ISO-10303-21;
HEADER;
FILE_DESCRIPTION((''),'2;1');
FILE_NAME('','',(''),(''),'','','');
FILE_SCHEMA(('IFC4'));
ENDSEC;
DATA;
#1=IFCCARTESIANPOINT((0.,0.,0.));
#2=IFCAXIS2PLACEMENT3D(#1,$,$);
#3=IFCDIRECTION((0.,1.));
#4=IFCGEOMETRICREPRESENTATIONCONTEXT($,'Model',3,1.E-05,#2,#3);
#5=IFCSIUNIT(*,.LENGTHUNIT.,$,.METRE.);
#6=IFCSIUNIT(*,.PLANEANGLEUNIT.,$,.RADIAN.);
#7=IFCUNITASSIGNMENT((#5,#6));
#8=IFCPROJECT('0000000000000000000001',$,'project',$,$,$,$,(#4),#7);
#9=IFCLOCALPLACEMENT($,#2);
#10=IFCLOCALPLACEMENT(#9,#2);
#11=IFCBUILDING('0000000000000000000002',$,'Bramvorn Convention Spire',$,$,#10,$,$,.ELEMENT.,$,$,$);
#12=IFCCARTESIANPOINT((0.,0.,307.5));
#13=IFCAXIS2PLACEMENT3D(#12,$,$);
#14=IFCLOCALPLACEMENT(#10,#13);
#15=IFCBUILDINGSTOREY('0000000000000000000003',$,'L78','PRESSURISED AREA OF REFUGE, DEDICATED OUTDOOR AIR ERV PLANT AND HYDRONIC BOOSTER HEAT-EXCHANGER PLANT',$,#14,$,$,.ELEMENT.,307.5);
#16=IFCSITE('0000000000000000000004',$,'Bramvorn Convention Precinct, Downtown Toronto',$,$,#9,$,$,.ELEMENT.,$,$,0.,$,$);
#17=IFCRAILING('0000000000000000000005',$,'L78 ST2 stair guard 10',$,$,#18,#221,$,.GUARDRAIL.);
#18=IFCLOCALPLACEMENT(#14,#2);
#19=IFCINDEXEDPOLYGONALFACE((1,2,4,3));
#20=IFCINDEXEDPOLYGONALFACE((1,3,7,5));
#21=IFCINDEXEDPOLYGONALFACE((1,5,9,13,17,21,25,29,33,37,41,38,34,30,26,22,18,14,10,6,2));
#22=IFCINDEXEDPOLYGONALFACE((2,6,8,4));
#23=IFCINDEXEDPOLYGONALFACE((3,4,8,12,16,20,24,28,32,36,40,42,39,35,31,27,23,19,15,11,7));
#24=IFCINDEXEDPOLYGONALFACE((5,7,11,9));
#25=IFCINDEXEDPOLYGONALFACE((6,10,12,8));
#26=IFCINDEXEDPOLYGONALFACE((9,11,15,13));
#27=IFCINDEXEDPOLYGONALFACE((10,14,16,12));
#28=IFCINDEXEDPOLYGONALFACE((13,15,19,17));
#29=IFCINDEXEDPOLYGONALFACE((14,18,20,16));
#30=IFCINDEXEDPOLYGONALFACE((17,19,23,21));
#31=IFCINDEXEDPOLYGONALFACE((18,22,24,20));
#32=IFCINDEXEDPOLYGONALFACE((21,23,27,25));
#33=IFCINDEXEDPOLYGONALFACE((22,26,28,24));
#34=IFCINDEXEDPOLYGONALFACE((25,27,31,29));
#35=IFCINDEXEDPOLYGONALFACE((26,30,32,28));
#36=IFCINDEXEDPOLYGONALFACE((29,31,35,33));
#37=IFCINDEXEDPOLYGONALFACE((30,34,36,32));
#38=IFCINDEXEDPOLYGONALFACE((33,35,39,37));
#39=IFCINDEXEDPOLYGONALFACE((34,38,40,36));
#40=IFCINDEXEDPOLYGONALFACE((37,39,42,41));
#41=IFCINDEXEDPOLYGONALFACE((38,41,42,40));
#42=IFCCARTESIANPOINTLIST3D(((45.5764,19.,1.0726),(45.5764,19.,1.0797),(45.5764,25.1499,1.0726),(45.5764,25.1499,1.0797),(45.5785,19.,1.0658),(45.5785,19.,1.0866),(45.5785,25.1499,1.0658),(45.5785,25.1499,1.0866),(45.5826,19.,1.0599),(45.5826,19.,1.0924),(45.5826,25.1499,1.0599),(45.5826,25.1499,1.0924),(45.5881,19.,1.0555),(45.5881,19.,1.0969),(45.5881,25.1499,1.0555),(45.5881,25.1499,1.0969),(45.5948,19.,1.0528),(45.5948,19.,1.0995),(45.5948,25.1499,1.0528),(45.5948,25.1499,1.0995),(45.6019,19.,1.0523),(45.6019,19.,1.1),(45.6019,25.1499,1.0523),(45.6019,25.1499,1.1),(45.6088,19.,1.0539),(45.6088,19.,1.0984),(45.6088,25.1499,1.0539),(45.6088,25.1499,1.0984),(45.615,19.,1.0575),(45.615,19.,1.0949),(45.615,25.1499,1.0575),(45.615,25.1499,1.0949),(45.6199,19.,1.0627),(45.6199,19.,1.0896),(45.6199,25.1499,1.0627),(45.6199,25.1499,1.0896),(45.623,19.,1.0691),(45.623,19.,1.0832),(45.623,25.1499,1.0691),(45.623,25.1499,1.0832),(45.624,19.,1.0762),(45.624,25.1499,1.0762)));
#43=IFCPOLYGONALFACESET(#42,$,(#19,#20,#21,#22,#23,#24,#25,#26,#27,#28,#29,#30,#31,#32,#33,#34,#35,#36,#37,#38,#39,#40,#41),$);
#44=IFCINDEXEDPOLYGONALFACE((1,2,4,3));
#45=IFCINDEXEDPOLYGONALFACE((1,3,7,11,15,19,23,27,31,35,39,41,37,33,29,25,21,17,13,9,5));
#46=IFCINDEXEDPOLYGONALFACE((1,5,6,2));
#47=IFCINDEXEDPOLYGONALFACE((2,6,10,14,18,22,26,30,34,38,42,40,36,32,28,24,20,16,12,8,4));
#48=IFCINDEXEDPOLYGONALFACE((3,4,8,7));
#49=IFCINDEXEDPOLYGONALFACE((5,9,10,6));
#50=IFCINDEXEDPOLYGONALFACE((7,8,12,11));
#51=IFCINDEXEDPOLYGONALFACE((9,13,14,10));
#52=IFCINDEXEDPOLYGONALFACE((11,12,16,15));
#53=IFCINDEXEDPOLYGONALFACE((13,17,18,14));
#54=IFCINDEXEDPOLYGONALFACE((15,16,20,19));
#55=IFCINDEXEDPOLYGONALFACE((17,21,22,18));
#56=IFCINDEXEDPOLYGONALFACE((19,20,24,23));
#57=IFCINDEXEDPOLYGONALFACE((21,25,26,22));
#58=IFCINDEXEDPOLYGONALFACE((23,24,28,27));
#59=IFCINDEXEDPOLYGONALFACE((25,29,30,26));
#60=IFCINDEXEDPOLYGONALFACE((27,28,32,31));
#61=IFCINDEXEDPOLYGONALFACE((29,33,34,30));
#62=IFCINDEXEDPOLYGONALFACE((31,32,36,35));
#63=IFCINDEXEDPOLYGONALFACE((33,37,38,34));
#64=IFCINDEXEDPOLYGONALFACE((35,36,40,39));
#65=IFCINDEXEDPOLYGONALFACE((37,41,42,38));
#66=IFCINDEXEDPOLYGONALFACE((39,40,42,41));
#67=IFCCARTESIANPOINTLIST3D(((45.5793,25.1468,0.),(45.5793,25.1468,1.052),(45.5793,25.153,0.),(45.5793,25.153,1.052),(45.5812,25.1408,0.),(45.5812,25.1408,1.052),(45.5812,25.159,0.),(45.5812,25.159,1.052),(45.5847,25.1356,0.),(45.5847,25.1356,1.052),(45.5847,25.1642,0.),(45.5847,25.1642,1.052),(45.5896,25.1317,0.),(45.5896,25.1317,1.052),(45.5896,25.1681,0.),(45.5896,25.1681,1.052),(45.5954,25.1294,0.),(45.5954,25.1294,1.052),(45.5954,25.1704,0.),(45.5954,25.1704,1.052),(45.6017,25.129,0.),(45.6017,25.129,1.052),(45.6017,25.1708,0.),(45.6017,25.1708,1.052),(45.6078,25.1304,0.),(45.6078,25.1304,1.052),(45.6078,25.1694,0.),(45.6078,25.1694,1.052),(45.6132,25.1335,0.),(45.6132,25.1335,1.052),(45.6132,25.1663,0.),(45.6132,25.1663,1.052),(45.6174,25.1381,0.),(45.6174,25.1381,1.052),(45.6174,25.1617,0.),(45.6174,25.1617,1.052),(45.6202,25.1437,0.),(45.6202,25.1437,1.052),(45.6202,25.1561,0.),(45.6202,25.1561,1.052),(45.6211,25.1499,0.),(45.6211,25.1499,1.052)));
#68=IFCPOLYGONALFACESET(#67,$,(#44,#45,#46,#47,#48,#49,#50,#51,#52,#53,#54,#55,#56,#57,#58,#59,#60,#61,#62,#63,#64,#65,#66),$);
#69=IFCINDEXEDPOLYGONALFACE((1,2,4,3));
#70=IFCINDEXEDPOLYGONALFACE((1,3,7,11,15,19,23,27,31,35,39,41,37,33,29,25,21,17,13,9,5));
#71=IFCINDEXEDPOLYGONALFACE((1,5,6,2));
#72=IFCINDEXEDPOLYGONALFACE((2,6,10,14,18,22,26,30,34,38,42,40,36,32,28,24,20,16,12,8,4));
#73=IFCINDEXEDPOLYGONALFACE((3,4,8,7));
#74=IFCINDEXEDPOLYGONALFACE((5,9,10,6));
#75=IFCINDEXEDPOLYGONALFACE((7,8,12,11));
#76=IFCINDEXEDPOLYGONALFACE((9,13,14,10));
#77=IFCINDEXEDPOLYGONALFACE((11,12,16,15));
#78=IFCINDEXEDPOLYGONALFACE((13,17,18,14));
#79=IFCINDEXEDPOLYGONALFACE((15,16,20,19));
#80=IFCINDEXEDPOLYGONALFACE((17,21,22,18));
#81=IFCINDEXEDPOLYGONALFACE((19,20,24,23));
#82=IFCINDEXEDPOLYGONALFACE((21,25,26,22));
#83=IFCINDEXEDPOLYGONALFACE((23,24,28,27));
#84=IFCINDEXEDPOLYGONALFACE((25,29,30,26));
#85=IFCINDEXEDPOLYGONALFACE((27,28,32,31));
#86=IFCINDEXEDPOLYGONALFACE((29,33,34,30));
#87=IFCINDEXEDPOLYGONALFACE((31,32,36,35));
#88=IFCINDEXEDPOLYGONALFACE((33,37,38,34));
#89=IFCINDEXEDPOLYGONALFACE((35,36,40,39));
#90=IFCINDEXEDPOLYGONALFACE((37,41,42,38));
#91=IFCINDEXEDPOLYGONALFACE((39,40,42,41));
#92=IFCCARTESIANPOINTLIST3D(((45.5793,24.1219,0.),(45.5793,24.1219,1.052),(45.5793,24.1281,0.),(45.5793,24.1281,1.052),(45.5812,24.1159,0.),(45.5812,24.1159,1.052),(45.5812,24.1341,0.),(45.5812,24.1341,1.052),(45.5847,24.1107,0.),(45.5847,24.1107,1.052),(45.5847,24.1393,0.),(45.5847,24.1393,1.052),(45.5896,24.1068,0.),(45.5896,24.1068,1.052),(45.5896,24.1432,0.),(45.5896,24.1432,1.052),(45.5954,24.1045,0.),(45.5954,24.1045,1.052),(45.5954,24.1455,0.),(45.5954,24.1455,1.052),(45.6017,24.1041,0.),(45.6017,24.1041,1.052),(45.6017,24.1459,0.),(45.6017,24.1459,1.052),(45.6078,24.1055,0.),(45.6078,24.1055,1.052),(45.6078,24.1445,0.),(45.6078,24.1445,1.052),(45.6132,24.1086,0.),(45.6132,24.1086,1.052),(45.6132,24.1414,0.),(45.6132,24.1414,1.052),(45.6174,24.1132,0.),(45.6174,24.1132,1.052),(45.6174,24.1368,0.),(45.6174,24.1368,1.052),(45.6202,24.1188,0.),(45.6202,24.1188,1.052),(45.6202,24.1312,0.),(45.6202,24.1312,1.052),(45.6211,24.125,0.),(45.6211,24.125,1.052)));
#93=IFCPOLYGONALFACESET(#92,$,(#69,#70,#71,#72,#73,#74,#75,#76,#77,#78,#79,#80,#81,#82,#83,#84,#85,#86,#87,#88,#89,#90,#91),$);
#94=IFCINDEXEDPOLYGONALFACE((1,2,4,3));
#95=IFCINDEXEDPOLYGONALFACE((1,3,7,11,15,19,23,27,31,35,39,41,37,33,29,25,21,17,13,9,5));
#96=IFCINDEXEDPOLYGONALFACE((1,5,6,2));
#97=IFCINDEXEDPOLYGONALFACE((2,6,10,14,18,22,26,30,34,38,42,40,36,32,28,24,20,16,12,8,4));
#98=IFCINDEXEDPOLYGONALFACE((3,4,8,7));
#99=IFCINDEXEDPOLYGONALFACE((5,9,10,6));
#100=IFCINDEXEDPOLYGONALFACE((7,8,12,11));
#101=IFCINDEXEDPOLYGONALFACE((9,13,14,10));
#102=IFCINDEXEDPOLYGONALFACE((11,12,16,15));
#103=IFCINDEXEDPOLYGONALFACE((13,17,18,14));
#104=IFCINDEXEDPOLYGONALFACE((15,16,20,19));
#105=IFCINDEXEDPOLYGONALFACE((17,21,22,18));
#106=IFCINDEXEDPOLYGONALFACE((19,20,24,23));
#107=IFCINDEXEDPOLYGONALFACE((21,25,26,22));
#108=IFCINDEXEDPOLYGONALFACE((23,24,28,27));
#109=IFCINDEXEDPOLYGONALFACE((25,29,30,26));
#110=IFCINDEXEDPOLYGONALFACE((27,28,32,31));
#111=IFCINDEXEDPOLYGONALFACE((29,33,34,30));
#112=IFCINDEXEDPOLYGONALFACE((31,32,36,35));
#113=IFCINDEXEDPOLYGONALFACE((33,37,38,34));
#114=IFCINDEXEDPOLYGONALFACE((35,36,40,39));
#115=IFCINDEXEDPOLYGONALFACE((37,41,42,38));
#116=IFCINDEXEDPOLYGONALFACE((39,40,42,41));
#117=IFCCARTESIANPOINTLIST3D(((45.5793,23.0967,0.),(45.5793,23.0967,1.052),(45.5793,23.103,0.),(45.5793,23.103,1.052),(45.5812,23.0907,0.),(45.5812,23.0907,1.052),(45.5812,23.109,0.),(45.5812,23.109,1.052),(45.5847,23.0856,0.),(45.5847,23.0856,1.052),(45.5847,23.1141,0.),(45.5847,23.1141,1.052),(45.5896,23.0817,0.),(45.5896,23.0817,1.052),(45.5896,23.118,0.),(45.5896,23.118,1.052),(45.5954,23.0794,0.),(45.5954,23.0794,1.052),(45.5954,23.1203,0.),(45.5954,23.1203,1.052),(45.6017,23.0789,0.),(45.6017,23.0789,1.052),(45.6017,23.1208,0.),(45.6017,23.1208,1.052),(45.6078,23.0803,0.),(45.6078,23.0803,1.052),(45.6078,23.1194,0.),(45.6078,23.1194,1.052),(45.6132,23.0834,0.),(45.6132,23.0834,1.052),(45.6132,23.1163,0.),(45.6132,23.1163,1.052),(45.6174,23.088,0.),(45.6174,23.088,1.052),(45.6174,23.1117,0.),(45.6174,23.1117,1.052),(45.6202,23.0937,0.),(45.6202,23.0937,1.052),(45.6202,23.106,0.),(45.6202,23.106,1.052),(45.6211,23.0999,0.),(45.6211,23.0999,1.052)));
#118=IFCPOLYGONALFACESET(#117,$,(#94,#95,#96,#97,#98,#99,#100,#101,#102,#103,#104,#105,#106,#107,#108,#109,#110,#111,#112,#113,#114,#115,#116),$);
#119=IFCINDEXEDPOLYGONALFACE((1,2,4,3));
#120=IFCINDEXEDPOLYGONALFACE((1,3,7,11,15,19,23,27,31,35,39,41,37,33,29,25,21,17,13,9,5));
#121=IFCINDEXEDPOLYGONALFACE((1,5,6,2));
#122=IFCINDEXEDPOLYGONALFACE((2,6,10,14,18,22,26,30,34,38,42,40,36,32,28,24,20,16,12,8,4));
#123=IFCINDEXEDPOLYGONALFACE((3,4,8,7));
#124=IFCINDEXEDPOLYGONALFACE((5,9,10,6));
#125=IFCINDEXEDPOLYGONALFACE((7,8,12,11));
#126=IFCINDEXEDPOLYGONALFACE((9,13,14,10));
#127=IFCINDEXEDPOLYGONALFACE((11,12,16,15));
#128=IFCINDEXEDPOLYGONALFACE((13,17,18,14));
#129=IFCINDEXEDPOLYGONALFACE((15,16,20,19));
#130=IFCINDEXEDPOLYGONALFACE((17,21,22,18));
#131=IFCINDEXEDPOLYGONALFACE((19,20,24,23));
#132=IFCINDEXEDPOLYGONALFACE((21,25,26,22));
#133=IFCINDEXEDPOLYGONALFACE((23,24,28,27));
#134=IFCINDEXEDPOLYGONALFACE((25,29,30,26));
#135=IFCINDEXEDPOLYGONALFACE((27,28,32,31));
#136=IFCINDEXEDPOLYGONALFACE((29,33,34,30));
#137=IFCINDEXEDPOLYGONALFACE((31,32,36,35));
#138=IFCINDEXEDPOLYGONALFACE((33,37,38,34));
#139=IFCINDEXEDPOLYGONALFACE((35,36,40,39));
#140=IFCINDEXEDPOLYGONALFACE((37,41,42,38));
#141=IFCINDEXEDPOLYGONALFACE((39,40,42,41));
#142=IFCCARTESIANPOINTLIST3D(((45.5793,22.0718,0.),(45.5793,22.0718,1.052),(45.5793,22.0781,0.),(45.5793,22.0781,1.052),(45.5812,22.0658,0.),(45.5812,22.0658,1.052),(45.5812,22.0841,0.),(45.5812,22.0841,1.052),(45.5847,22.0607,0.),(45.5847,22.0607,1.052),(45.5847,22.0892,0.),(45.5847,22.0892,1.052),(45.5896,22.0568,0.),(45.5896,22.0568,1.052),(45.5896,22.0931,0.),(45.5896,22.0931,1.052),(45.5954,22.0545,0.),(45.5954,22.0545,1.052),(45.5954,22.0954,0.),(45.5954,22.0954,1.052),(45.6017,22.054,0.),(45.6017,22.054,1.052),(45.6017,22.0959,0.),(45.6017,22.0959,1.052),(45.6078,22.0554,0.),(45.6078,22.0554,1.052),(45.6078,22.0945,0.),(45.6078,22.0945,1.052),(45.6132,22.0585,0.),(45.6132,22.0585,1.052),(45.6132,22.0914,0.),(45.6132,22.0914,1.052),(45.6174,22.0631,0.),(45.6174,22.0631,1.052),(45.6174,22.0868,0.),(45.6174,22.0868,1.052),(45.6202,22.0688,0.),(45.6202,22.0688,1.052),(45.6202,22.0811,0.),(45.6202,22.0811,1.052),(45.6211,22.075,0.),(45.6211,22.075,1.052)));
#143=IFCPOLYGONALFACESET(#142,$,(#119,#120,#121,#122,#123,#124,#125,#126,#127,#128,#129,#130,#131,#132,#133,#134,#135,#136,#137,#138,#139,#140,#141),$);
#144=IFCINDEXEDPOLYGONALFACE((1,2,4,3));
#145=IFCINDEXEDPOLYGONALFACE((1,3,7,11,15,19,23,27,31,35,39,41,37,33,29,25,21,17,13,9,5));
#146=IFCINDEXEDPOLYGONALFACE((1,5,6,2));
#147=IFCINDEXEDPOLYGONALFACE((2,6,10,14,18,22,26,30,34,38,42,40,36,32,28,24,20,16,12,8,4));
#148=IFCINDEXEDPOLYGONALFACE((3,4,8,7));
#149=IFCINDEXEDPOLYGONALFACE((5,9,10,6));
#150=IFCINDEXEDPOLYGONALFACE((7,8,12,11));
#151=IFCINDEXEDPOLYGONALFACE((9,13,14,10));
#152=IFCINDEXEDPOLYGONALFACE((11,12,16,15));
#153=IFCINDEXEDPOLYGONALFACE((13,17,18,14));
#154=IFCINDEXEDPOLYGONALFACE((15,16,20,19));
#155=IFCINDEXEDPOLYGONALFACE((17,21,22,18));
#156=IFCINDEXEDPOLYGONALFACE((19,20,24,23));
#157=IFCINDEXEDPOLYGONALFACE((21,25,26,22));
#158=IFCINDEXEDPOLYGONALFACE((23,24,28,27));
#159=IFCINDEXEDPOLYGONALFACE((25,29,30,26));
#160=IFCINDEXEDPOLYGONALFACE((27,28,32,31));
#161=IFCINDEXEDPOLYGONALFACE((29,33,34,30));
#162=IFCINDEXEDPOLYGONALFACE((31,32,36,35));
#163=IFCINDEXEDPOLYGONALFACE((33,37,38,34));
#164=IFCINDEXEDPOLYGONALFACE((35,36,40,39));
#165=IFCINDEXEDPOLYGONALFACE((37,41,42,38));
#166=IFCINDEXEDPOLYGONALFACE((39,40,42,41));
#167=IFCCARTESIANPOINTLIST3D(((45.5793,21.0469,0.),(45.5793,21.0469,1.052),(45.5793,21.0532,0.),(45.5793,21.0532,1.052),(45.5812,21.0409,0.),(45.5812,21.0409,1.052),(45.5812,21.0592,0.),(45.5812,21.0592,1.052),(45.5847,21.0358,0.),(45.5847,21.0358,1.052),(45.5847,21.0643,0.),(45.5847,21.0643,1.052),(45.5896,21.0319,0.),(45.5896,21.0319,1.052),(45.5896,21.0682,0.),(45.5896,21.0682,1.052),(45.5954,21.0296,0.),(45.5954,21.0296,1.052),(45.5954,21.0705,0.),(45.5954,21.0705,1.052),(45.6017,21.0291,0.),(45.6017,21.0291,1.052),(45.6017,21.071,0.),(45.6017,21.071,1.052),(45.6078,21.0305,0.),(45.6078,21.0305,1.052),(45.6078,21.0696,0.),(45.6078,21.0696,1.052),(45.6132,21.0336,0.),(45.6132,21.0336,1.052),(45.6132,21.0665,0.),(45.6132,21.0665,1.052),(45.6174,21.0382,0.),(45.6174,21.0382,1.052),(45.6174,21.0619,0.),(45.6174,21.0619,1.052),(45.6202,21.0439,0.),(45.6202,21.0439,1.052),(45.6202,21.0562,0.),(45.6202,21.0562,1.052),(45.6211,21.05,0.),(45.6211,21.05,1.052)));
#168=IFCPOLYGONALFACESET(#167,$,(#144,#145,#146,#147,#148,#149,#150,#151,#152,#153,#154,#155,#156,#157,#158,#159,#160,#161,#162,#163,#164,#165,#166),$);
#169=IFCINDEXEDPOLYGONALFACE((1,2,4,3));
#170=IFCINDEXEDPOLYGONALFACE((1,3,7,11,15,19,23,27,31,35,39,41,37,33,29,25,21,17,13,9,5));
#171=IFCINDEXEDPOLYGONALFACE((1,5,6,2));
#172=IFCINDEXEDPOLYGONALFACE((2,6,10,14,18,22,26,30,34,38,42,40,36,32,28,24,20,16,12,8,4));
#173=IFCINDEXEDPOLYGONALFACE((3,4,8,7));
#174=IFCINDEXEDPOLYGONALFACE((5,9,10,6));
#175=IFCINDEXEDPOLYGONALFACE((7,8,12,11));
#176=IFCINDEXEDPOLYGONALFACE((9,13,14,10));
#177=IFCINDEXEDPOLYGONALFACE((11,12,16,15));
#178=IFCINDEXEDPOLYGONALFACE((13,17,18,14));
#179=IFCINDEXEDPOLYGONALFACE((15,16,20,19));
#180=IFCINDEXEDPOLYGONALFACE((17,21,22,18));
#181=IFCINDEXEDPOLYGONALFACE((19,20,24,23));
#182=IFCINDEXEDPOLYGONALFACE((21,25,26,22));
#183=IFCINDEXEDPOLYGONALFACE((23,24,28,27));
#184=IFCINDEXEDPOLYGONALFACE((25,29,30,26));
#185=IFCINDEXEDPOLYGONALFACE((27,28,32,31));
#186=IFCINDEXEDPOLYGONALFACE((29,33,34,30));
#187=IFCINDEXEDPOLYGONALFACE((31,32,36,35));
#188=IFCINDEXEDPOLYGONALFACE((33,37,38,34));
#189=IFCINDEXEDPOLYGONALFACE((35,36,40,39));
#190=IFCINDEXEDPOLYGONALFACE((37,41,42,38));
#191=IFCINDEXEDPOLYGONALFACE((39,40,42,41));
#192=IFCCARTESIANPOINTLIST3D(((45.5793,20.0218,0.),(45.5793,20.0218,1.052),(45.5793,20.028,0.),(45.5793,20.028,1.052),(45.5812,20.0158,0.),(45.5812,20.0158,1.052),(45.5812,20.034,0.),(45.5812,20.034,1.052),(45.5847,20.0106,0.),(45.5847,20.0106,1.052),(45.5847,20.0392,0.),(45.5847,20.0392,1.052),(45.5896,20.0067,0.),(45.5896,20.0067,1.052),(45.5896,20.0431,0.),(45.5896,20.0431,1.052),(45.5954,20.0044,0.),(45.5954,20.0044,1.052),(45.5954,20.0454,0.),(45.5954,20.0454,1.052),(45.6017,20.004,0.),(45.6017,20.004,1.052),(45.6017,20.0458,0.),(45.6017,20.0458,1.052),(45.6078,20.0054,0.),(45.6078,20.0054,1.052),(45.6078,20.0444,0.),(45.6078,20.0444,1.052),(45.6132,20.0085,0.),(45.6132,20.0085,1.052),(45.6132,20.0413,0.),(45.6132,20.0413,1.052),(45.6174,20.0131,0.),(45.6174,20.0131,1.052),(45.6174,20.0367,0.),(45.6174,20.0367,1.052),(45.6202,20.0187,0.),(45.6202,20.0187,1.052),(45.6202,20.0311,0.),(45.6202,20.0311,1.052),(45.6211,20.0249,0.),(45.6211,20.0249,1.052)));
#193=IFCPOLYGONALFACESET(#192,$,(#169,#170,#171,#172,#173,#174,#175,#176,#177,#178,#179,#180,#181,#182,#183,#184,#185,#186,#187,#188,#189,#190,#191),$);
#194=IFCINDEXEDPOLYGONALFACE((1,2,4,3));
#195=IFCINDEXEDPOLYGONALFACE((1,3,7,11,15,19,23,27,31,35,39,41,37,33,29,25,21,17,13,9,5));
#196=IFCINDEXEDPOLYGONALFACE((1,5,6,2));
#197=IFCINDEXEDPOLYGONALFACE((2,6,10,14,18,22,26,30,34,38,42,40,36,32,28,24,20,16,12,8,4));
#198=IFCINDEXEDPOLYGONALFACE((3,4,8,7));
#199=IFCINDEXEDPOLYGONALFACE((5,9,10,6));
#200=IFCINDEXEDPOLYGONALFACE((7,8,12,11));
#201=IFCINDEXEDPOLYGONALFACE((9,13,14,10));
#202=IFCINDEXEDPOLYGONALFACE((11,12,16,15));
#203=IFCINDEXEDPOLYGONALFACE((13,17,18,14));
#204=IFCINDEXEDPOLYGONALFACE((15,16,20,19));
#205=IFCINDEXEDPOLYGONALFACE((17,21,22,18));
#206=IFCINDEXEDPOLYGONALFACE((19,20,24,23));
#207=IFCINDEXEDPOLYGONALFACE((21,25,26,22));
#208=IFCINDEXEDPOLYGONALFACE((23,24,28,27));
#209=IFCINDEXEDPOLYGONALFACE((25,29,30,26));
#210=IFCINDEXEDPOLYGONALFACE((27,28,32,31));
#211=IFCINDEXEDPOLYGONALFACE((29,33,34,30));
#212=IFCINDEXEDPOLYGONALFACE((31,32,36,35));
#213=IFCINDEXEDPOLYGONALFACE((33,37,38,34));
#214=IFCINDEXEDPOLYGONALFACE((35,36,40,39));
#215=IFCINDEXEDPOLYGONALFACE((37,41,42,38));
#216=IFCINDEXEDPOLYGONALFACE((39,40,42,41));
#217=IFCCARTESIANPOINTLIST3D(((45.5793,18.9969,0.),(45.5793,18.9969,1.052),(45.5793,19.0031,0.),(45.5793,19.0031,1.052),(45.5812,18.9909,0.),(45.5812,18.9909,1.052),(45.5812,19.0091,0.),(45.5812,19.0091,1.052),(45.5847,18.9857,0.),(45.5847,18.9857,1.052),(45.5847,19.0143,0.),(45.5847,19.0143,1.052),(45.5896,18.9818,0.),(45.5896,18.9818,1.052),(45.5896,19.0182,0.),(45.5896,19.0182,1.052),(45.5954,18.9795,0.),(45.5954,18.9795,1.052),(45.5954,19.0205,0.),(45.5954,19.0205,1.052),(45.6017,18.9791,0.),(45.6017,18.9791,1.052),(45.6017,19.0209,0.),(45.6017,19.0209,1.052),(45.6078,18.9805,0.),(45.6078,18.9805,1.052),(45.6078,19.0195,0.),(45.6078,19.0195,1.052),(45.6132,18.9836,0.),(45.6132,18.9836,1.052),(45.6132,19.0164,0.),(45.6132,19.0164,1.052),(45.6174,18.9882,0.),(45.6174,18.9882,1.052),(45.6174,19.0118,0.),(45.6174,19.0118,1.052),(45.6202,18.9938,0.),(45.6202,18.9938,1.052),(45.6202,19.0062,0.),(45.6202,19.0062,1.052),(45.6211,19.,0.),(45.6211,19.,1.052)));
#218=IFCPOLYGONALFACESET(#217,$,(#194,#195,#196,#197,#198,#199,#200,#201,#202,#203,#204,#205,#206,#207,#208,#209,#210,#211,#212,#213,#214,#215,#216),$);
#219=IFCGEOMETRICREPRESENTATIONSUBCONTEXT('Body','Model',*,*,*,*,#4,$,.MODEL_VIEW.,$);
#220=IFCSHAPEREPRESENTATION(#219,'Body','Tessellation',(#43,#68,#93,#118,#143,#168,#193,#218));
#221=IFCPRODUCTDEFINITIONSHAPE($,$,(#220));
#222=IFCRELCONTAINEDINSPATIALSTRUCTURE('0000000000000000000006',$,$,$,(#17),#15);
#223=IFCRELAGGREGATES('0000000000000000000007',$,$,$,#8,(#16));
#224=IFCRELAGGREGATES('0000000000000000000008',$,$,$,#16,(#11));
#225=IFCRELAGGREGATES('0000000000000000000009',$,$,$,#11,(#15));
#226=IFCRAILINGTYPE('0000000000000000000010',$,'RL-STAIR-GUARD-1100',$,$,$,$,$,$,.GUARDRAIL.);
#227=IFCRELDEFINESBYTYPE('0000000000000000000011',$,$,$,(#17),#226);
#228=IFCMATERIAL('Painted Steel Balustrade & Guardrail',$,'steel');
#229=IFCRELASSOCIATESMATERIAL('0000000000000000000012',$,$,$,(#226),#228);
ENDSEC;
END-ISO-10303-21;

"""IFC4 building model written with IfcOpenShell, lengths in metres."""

from ifc_helpers import new_model, si_unit, direction, frame, origin, origin_2d, place, context, subcontext, project, spatial, circle, extrude, material, type_object, element, save


model = new_model("IFC4")

# Units and contexts
model_context = context("Model", 3, precision=1e-05, world=origin(), true_north=direction((0.0, 1.0)))
body_context = subcontext(model_context, "Body", "Model", "MODEL_VIEW")
ifc_project = project(units=[si_unit("LENGTHUNIT", "METRE"), si_unit("PLANEANGLEUNIT", "RADIAN")], contexts=[model_context])

# Site, building, storey
site_placement = place(None, origin())
site = spatial("IfcSite", under=ifc_project, at=site_placement, Name="Bramvorn Convention Precinct, Downtown Toronto", CompositionType="ELEMENT", RefElevation=0.0)
building_placement = place(site_placement, origin())
building = spatial("IfcBuilding", under=site, at=building_placement, Name="Bramvorn Convention Spire", CompositionType="ELEMENT")
storey_placement = place(building_placement, frame((0.0, 0.0, 307.5)))
storey = spatial("IfcBuildingStorey", under=building, at=storey_placement, Name="L78", Description="PRESSURISED AREA OF REFUGE, DEDICATED OUTDOOR AIR ERV PLANT AND HYDRONIC BOOSTER HEAT-EXCHANGER PLANT", CompositionType="ELEMENT", Elevation=307.5)

# Railing
ifc_material_1 = material(Name="Painted Steel Balustrade & Guardrail", Category="steel")
railing_type_1 = type_object("IfcRailingType", Name="RL-STAIR-GUARD-1100", PredefinedType="GUARDRAIL", material=ifc_material_1)
railing_1_placement = place(storey_placement, frame((45.6001, 25.1499, 0.0)))
element("IfcRailing", 1, at=railing_1_placement, inside=storey, type_object=railing_type_1, Name="L78 ST2 stair guard 10", PredefinedType="GUARDRAIL", context=body_context, shape_type="SweptSolid", body=[
    extrude(circle(Radius=0.0239, at=origin_2d()), frame((0.0, 0.0, 1.0762), z_axis=(0.0, -1.0, 0.0), x_axis=(1.0, 0.0, 0.0)), (0.0, 0.0, 1.0), 6.1499),
    extrude(circle(Radius=0.021, at=origin_2d()), origin(), (0.0, 0.0, 1.0), 1.052),
    extrude(circle(Radius=0.021, at=origin_2d()), frame((0.0, -1.0249, 0.0)), (0.0, 0.0, 1.0), 1.052),
    extrude(circle(Radius=0.021, at=origin_2d()), frame((0.0, -2.05, 0.0)), (0.0, 0.0, 1.0), 1.052),
    extrude(circle(Radius=0.021, at=origin_2d()), frame((0.0, -3.075, 0.0)), (0.0, 0.0, 1.0), 1.052),
    extrude(circle(Radius=0.021, at=origin_2d()), frame((0.0, -4.0999, 0.0)), (0.0, 0.0, 1.0), 1.052),
    extrude(circle(Radius=0.021, at=origin_2d()), frame((0.0, -5.125, 0.0)), (0.0, 0.0, 1.0), 1.052),
    extrude(circle(Radius=0.021, at=origin_2d()), frame((0.0, -6.1499, 0.0)), (0.0, 0.0, 1.0), 1.052),
])

save(model, "model.ifc")
